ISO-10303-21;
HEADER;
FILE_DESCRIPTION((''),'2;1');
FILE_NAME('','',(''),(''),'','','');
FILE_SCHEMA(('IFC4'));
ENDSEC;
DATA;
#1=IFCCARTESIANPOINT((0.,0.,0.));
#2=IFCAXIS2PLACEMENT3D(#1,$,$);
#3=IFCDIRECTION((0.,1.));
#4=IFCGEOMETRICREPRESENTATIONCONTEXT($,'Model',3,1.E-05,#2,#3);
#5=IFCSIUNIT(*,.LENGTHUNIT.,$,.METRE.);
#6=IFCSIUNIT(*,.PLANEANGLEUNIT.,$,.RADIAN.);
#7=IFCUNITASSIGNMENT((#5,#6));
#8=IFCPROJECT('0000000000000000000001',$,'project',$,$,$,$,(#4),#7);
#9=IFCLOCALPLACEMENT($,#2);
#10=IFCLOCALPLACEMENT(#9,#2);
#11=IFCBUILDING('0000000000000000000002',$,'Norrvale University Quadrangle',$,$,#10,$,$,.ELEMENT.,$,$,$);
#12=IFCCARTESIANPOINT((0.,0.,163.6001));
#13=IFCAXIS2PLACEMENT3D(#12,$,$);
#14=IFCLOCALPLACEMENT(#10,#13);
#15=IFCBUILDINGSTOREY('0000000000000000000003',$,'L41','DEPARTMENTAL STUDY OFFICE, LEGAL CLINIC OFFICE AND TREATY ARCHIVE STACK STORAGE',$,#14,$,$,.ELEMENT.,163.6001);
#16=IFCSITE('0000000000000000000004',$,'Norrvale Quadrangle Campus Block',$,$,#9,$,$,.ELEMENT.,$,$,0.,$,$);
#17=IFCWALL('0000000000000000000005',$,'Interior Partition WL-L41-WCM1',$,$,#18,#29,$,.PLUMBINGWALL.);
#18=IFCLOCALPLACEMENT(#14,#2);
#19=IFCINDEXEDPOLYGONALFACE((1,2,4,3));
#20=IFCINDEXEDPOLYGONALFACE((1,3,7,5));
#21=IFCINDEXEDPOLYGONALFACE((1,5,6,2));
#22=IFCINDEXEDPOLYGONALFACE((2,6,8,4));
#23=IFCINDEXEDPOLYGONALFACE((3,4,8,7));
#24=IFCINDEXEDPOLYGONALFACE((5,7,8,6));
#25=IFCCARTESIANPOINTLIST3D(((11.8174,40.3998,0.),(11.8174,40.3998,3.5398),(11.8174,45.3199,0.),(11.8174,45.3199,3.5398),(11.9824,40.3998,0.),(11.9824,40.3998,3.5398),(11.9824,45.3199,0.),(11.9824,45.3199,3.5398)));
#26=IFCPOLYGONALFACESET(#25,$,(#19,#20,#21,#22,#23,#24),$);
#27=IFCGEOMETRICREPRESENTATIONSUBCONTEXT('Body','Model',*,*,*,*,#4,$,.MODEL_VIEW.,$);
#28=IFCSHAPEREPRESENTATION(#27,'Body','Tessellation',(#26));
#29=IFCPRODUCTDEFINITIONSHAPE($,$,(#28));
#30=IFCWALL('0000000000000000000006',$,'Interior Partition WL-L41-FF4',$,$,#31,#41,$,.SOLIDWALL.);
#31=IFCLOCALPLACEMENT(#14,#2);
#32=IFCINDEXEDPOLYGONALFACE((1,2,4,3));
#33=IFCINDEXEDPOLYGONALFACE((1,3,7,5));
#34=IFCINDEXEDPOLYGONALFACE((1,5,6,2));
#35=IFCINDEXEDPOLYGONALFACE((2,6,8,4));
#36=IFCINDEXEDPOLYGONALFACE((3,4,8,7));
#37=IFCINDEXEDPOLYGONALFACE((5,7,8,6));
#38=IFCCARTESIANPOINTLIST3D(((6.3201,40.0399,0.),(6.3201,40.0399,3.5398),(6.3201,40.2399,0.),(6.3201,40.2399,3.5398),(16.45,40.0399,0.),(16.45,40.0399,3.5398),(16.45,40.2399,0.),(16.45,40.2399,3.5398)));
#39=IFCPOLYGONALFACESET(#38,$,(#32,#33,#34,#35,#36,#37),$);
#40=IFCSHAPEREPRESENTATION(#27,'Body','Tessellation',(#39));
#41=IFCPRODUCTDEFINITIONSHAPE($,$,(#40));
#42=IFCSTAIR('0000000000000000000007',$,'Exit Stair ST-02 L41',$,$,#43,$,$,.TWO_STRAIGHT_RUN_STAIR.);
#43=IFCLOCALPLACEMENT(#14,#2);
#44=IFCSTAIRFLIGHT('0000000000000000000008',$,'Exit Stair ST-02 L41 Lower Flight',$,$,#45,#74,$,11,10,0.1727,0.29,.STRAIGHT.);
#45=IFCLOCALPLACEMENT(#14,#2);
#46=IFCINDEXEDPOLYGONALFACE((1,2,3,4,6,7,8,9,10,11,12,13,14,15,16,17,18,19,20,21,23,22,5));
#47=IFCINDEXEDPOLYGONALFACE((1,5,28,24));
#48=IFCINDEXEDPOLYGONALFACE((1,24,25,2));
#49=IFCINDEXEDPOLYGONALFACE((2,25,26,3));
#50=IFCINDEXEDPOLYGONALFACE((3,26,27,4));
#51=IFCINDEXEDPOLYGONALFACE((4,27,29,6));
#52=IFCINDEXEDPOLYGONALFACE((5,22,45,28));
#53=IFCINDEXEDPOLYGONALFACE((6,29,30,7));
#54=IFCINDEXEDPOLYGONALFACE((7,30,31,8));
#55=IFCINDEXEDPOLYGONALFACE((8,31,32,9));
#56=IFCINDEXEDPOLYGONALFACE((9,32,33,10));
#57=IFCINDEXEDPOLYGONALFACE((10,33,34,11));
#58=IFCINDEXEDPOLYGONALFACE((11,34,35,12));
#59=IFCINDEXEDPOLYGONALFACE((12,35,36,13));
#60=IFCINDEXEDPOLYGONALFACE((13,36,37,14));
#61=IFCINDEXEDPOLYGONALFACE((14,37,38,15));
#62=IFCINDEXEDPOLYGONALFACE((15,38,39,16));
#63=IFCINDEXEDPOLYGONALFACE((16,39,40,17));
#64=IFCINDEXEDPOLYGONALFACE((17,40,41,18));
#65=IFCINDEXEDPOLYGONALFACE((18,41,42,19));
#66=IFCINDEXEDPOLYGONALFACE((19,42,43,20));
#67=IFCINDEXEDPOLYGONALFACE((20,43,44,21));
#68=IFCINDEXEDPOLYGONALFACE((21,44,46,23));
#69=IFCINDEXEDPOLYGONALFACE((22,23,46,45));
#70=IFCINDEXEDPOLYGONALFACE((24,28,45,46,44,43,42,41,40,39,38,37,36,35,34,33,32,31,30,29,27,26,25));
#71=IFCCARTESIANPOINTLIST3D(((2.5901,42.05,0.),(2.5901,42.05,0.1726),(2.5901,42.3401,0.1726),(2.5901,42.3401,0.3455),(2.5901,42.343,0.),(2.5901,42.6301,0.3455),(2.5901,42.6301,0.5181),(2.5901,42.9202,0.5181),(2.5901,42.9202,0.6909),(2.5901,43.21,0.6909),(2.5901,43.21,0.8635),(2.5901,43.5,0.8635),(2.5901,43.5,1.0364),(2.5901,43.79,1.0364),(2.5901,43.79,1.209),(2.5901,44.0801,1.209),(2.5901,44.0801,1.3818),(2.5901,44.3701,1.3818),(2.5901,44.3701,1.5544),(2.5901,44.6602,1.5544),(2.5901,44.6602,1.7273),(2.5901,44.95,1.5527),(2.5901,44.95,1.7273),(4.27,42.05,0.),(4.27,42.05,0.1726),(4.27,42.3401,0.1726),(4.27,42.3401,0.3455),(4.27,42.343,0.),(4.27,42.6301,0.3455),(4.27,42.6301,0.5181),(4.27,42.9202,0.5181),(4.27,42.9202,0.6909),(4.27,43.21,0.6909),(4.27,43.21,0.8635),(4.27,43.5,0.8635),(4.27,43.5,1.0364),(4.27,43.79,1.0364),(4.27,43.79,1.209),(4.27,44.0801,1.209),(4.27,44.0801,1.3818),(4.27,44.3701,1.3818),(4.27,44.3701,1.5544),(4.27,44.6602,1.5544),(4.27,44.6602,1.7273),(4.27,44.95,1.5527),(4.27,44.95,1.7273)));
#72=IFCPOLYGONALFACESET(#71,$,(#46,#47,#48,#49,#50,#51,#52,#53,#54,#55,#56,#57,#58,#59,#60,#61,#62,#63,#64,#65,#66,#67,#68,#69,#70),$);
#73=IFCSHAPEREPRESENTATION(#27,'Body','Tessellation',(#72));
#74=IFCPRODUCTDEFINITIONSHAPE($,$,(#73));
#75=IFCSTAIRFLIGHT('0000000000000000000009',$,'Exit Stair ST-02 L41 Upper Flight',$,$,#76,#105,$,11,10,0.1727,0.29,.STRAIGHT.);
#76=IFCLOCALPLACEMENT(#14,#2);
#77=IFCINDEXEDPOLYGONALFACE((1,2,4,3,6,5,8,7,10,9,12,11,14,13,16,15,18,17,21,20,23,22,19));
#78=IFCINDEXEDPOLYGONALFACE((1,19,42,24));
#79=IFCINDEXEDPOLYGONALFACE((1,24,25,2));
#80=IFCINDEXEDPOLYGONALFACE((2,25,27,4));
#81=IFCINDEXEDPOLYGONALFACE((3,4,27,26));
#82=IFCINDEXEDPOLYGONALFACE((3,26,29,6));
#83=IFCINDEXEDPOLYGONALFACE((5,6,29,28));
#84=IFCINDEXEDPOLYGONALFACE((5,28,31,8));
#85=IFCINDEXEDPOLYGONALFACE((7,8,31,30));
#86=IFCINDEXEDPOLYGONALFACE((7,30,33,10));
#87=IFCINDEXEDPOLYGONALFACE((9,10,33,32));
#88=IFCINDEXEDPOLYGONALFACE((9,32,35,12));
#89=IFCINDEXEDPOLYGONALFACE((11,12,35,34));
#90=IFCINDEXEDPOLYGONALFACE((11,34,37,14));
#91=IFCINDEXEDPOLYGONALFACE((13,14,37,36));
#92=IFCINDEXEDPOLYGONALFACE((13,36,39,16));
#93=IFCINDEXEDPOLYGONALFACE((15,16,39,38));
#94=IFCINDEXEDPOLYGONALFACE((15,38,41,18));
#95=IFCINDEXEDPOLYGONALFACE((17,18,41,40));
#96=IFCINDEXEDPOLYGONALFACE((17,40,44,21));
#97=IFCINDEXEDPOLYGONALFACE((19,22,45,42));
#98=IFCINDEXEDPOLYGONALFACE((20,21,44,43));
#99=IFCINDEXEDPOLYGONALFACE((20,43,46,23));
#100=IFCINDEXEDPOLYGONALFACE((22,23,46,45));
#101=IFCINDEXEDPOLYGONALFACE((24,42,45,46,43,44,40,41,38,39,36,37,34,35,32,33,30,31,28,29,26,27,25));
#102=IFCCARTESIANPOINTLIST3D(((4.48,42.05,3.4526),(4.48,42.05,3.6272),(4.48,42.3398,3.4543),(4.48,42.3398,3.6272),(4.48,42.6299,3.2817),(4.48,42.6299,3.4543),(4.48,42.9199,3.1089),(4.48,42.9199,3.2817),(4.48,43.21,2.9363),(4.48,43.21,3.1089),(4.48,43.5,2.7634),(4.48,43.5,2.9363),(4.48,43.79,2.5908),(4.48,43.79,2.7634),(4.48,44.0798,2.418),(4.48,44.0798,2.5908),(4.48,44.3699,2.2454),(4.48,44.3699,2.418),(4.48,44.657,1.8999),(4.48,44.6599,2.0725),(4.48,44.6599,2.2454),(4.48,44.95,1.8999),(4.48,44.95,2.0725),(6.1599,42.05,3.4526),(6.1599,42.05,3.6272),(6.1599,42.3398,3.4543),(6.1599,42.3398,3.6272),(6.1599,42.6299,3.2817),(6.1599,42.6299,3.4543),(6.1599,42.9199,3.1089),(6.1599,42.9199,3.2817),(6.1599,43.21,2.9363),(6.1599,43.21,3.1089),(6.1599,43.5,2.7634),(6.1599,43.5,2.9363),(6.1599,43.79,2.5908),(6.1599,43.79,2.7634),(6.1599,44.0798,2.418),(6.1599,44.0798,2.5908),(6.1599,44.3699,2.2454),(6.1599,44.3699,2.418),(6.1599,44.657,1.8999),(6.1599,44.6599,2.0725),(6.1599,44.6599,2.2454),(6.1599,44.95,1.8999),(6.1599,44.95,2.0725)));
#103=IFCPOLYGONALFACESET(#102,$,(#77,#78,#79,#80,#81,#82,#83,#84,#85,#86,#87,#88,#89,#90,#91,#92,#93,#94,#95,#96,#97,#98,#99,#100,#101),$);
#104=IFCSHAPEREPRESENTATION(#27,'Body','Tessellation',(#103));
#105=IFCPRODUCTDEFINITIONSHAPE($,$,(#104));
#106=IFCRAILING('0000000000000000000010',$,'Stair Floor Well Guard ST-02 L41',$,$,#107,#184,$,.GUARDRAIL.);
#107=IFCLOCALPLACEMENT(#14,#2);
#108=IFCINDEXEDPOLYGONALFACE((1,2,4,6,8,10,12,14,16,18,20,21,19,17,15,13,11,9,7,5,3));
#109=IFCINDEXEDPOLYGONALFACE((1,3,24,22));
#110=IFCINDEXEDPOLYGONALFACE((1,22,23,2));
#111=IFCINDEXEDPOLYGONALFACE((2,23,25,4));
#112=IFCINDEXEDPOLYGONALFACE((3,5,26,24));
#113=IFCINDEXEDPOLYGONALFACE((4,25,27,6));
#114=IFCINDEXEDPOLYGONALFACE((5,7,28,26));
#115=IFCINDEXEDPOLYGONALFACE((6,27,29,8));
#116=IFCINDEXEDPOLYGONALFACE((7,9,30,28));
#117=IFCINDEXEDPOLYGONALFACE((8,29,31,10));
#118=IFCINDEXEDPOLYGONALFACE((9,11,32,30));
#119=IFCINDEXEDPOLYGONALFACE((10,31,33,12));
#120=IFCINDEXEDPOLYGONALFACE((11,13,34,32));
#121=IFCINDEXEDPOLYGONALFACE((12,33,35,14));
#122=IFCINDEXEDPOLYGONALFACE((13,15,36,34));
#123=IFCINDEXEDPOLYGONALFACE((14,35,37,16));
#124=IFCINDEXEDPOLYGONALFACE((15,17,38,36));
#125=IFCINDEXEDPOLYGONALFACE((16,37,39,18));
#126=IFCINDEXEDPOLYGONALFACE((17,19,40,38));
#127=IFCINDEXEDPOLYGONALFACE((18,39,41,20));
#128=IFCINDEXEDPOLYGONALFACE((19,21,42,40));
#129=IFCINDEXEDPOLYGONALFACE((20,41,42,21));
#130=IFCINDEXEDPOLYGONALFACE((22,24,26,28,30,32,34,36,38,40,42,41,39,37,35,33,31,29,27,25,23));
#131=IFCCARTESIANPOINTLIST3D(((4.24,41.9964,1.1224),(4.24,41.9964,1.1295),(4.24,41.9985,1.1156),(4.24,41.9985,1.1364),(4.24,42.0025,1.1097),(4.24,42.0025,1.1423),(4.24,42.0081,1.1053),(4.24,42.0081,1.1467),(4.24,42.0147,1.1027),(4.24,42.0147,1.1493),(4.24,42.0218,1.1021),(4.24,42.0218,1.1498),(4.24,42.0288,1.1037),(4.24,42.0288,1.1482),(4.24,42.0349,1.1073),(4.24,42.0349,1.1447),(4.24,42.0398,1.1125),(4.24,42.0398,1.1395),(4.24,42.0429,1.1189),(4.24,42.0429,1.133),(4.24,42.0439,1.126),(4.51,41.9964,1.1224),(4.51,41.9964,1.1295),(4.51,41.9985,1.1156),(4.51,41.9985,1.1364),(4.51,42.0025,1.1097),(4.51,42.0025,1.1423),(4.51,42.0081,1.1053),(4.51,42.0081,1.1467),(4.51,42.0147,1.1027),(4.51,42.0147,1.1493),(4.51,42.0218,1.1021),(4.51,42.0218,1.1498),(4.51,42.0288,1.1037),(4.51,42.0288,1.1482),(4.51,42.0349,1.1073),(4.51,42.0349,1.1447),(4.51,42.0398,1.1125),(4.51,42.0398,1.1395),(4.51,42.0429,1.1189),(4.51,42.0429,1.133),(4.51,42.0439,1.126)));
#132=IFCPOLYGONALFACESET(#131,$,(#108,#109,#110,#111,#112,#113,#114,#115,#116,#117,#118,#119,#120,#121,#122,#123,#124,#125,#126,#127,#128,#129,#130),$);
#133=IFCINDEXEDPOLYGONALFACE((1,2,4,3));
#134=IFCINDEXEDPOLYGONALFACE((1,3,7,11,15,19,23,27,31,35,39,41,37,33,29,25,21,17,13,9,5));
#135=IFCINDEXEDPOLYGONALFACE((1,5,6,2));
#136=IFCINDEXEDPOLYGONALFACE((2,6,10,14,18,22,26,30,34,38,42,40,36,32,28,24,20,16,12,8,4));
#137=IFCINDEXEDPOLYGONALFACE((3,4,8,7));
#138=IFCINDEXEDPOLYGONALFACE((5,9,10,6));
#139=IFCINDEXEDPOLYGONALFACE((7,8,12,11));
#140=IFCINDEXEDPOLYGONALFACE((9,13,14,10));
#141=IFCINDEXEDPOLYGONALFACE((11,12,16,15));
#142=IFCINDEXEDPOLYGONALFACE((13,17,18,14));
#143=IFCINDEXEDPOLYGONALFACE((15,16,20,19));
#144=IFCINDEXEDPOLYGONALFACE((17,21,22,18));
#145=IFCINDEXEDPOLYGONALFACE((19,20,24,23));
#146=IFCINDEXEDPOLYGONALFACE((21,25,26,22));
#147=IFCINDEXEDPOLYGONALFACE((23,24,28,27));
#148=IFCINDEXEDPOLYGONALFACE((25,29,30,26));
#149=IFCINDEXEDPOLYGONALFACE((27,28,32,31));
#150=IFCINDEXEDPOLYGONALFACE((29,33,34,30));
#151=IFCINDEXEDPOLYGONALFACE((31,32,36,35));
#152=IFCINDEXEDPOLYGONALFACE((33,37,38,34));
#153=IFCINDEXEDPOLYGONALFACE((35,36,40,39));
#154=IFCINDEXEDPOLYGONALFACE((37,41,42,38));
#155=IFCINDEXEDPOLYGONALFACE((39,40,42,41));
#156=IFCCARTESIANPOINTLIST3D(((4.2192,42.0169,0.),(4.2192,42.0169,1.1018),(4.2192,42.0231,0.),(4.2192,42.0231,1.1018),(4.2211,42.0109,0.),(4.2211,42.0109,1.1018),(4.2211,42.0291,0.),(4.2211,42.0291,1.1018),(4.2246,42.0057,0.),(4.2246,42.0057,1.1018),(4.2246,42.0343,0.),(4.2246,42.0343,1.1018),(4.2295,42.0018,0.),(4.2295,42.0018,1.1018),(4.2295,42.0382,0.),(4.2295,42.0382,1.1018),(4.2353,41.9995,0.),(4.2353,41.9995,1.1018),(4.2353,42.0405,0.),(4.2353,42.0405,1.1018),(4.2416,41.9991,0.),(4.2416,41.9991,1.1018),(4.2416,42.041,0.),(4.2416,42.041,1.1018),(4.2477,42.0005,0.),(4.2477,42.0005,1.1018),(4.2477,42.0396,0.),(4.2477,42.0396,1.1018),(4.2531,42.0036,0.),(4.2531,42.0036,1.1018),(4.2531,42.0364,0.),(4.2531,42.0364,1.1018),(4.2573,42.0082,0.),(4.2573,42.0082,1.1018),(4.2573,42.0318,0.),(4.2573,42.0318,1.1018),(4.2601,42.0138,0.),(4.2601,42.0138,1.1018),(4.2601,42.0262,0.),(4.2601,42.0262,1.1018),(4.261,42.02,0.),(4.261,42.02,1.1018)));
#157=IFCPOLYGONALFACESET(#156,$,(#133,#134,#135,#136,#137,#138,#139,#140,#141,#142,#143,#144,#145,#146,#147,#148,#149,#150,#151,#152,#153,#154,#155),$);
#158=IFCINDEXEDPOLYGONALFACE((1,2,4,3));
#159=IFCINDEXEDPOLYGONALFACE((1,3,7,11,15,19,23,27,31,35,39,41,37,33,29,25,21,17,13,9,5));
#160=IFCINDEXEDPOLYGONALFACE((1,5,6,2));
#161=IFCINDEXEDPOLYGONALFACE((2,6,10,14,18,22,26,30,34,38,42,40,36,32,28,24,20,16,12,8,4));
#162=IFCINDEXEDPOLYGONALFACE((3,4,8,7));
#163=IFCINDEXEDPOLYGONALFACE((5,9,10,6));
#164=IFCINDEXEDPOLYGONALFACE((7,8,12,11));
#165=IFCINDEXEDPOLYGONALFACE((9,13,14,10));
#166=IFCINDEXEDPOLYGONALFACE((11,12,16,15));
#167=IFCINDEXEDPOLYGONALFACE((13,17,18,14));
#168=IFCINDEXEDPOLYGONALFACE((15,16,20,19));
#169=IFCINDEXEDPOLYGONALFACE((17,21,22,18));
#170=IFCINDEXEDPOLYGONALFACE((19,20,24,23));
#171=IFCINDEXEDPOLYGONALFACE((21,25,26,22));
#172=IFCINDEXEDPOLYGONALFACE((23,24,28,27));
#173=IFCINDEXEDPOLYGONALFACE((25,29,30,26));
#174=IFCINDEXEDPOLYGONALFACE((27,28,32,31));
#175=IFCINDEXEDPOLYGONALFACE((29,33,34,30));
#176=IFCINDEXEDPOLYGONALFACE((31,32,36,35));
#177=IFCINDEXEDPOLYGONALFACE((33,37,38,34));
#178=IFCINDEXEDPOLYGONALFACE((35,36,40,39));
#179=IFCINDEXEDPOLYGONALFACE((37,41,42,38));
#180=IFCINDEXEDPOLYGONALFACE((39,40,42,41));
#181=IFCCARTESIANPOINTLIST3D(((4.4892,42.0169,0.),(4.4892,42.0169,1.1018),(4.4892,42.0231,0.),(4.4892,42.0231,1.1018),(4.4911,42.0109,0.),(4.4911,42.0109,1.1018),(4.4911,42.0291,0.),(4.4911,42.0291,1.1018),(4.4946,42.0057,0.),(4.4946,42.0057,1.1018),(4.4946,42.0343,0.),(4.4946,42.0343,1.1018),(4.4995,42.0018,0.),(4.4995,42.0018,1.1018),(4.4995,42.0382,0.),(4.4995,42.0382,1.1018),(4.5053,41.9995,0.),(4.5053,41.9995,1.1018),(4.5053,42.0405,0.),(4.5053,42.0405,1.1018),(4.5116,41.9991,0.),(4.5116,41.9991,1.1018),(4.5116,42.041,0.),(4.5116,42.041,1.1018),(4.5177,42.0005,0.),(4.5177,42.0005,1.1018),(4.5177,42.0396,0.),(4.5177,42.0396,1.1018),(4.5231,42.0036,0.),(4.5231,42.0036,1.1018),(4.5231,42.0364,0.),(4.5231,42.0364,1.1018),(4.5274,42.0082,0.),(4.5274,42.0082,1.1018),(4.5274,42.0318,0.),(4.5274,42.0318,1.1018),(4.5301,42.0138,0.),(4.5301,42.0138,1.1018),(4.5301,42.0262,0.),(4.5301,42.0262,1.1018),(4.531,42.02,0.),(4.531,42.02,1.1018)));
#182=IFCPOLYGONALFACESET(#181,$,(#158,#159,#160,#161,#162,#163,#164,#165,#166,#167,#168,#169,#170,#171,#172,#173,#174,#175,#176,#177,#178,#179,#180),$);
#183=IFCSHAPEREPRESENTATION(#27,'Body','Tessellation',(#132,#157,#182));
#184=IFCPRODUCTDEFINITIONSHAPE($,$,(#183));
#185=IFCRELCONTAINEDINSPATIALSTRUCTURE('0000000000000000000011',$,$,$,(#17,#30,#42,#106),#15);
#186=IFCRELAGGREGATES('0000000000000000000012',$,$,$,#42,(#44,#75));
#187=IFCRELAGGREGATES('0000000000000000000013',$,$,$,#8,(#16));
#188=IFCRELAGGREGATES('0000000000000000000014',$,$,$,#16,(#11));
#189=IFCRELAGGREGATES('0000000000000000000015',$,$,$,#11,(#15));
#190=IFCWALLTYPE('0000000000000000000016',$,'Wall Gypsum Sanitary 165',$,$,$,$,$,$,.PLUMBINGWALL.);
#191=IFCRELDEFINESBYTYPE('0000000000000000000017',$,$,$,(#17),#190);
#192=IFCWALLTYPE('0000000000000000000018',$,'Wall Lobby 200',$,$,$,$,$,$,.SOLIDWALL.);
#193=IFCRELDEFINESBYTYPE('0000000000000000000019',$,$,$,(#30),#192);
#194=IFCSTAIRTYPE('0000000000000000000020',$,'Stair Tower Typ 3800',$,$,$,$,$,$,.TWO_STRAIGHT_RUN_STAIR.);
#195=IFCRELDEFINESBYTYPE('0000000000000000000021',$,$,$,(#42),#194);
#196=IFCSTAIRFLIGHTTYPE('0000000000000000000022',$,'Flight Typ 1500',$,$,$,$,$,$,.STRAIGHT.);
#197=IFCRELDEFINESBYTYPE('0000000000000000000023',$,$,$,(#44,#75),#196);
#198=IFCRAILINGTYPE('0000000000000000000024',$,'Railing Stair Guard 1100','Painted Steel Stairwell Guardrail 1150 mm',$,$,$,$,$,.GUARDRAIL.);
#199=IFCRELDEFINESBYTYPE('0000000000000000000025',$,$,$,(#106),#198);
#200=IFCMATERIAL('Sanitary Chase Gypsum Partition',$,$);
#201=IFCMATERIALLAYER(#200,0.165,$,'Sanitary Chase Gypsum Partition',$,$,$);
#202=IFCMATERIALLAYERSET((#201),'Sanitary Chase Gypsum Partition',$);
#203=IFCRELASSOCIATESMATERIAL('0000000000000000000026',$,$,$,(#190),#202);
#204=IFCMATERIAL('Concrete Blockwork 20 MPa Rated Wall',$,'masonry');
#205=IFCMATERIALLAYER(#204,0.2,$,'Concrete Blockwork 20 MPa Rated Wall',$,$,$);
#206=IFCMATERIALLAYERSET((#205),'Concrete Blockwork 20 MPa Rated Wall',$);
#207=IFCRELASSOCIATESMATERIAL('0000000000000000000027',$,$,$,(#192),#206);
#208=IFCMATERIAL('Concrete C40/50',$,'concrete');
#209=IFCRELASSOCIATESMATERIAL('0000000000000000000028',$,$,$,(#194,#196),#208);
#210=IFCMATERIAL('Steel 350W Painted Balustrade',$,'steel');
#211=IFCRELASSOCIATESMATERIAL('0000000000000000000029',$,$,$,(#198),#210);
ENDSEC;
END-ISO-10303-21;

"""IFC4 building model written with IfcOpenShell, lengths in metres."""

from ifc_helpers import new_model, si_unit, direction, frame, frame_2d, origin, origin_2d, place, context, subcontext, project, spatial, polyline, rectangle, circle, outline, extrude, material, layer, layer_set, type_object, element, aggregate, save


model = new_model("IFC4")

# Units and contexts
model_context = context("Model", 3, precision=1e-05, world=origin(), true_north=direction((0.0, 1.0)))
body_context = subcontext(model_context, "Body", "Model", "MODEL_VIEW")
ifc_project = project(units=[si_unit("LENGTHUNIT", "METRE"), si_unit("PLANEANGLEUNIT", "RADIAN")], contexts=[model_context])

# Site, building, storey
site_placement = place(None, origin())
site = spatial("IfcSite", under=ifc_project, at=site_placement, Name="Norrvale Quadrangle Campus Block", CompositionType="ELEMENT", RefElevation=0.0)
building_placement = place(site_placement, origin())
building = spatial("IfcBuilding", under=site, at=building_placement, Name="Norrvale University Quadrangle", CompositionType="ELEMENT")
storey_placement = place(building_placement, frame((0.0, 0.0, 163.6001)))
storey = spatial("IfcBuildingStorey", under=building, at=storey_placement, Name="L41", Description="DEPARTMENTAL STUDY OFFICE, LEGAL CLINIC OFFICE AND TREATY ARCHIVE STACK STORAGE", CompositionType="ELEMENT", Elevation=163.6001)

# Shared definitions
ifc_material_1 = material(Name="Sanitary Chase Gypsum Partition")
ifc_layer_1 = layer(ifc_material_1, 0.165, Name="Sanitary Chase Gypsum Partition")
ifc_layer_set_1 = layer_set([ifc_layer_1], Name="Sanitary Chase Gypsum Partition")
wall_type_1 = type_object("IfcWallType", Name="Wall Gypsum Sanitary 165", PredefinedType="PLUMBINGWALL", material=ifc_layer_set_1)

# Walls
wall_1_placement = place(storey_placement, frame((11.8999, 40.3999, 0.0), z_axis=(0.0, 0.0, 1.0), x_axis=(0.0, 1.0, 0.0)))
element("IfcWall", 1, at=wall_1_placement, inside=storey, type_object=wall_type_1, Name="Interior Partition WL-L41-WCM1", PredefinedType="PLUMBINGWALL", context=body_context, shape_type="SweptSolid", body=[
    extrude(rectangle(XDim=4.9202, YDim=0.165, at=frame_2d((2.46, 0.0))), origin(), (0.0, 0.0, 1.0), 3.5398),
])
ifc_material_2 = material(Name="Concrete Blockwork 20 MPa Rated Wall", Category="masonry")
ifc_layer_2 = layer(ifc_material_2, 0.2, Name="Concrete Blockwork 20 MPa Rated Wall")
ifc_layer_set_2 = layer_set([ifc_layer_2], Name="Concrete Blockwork 20 MPa Rated Wall")
wall_type_2 = type_object("IfcWallType", Name="Wall Lobby 200", PredefinedType="SOLIDWALL", material=ifc_layer_set_2)
wall_2_placement = place(storey_placement, frame((6.3201, 40.1399, 0.0), z_axis=(0.0, 0.0, 1.0), x_axis=(1.0, 0.0, 0.0)))
element("IfcWall", 2, at=wall_2_placement, inside=storey, type_object=wall_type_2, Name="Interior Partition WL-L41-FF4", PredefinedType="SOLIDWALL", context=body_context, shape_type="SweptSolid", body=[
    extrude(rectangle(XDim=10.1299, YDim=0.2, at=frame_2d((5.0649, 0.0))), origin(), (0.0, 0.0, 1.0), 3.5398),
])

# Stair, stair flights
ifc_material_3 = material(Name="Concrete C40/50", Category="concrete")
stair_type = type_object("IfcStairType", Name="Stair Tower Typ 3800", PredefinedType="TWO_STRAIGHT_RUN_STAIR", material=ifc_material_3)
stair_placement = place(storey_placement, origin())
stair = element("IfcStair", 3, at=stair_placement, inside=storey, type_object=stair_type, Name="Exit Stair ST-02 L41", PredefinedType="TWO_STRAIGHT_RUN_STAIR")
stair_flight_type = type_object("IfcStairFlightType", Name="Flight Typ 1500", PredefinedType="STRAIGHT", material=ifc_material_3)
stair_flight_1_placement = place(storey_placement, frame((3.4299, 42.05, 0.0), z_axis=(0.0, 0.0, 1.0), x_axis=(0.0, 1.0, 0.0)))
stair_flight_1 = element("IfcStairFlight", 4, at=stair_flight_1_placement, type_object=stair_flight_type, Name="Exit Stair ST-02 L41 Lower Flight", NumberOfRisers=11, NumberOfTreads=10, PredefinedType="STRAIGHT", RiserHeight=0.1727, TreadLength=0.29, context=body_context, shape_type="SweptSolid", body=[
    extrude(outline(polyline([(0.0, 0.0), (0.0, 0.1726), (0.29, 0.1726), (0.29, 0.3455), (0.5801, 0.3455), (0.5801, 0.5181), (0.8701, 0.5181), (0.8701, 0.6909), (1.1599, 0.6909), (1.1599, 0.8635), (1.45, 0.8635), (1.45, 1.0364), (1.74, 1.0364), (1.74, 1.209), (2.03, 1.209), (2.03, 1.3818), (2.3201, 1.3818), (2.3201, 1.5544), (2.6101, 1.5544), (2.6101, 1.7273), (2.8999, 1.7273), (2.8999, 1.8999), (2.8999, 1.5527), (0.293, 0.0), (0.0, 0.0)])), frame((0.0, 0.8398, 0.0), z_axis=(0.0, -1.0, 0.0), x_axis=(1.0, 0.0, 0.0)), (0.0, 0.0, 1.0), 1.6799),
])
stair_flight_2_placement = place(storey_placement, frame((5.3201, 44.95, 1.8999), z_axis=(0.0, 0.0, 1.0), x_axis=(0.0, -1.0, 0.0)))
stair_flight_2 = element("IfcStairFlight", 5, at=stair_flight_2_placement, type_object=stair_flight_type, Name="Exit Stair ST-02 L41 Upper Flight", NumberOfRisers=11, NumberOfTreads=10, PredefinedType="STRAIGHT", RiserHeight=0.1727, TreadLength=0.29, context=body_context, shape_type="SweptSolid", body=[
    extrude(outline(polyline([(0.0, 0.0), (0.0, 0.1726), (0.29, 0.1726), (0.29, 0.3455), (0.5801, 0.3455), (0.5801, 0.5181), (0.8701, 0.5181), (0.8701, 0.6909), (1.1599, 0.6909), (1.1599, 0.8635), (1.45, 0.8635), (1.45, 1.0364), (1.74, 1.0364), (1.74, 1.209), (2.03, 1.209), (2.03, 1.3818), (2.3201, 1.3818), (2.3201, 1.5544), (2.6101, 1.5544), (2.6101, 1.7273), (2.8999, 1.7273), (2.8999, 1.8999), (2.8999, 1.5527), (0.293, 0.0), (0.0, 0.0)])), frame((0.0, 0.8398, 0.0), z_axis=(0.0, -1.0, 0.0), x_axis=(1.0, 0.0, 0.0)), (0.0, 0.0, 1.0), 1.6799),
])
aggregate(stair, [stair_flight_1, stair_flight_2])

# Railing
ifc_material_4 = material(Name="Steel 350W Painted Balustrade", Category="steel")
railing_type_1 = type_object("IfcRailingType", Name="Railing Stair Guard 1100", Description="Painted Steel Stairwell Guardrail 1150 mm", PredefinedType="GUARDRAIL", material=ifc_material_4)
for number, where, name in (
    (6, (4.24, 42.02, 0.0), "Stair Floor Well Guard ST-02 L41"),
):
    element("IfcRailing", number, at=place(storey_placement, frame(where)), inside=storey, type_object=railing_type_1, Name=name, PredefinedType="GUARDRAIL", context=body_context, shape_type="SweptSolid", body=[
        extrude(circle(Radius=0.0239, at=origin_2d()), frame((0.0, 0.0, 1.126), z_axis=(1.0, 0.0, 0.0), x_axis=(0.0, 1.0, 0.0)), (0.0, 0.0, 1.0), 0.27),
        extrude(circle(Radius=0.021, at=origin_2d()), origin(), (0.0, 0.0, 1.0), 1.1018),
        extrude(circle(Radius=0.021, at=origin_2d()), frame((0.27, 0.0, 0.0)), (0.0, 0.0, 1.0), 1.1018),
    ])

save(model, "model.ifc")
